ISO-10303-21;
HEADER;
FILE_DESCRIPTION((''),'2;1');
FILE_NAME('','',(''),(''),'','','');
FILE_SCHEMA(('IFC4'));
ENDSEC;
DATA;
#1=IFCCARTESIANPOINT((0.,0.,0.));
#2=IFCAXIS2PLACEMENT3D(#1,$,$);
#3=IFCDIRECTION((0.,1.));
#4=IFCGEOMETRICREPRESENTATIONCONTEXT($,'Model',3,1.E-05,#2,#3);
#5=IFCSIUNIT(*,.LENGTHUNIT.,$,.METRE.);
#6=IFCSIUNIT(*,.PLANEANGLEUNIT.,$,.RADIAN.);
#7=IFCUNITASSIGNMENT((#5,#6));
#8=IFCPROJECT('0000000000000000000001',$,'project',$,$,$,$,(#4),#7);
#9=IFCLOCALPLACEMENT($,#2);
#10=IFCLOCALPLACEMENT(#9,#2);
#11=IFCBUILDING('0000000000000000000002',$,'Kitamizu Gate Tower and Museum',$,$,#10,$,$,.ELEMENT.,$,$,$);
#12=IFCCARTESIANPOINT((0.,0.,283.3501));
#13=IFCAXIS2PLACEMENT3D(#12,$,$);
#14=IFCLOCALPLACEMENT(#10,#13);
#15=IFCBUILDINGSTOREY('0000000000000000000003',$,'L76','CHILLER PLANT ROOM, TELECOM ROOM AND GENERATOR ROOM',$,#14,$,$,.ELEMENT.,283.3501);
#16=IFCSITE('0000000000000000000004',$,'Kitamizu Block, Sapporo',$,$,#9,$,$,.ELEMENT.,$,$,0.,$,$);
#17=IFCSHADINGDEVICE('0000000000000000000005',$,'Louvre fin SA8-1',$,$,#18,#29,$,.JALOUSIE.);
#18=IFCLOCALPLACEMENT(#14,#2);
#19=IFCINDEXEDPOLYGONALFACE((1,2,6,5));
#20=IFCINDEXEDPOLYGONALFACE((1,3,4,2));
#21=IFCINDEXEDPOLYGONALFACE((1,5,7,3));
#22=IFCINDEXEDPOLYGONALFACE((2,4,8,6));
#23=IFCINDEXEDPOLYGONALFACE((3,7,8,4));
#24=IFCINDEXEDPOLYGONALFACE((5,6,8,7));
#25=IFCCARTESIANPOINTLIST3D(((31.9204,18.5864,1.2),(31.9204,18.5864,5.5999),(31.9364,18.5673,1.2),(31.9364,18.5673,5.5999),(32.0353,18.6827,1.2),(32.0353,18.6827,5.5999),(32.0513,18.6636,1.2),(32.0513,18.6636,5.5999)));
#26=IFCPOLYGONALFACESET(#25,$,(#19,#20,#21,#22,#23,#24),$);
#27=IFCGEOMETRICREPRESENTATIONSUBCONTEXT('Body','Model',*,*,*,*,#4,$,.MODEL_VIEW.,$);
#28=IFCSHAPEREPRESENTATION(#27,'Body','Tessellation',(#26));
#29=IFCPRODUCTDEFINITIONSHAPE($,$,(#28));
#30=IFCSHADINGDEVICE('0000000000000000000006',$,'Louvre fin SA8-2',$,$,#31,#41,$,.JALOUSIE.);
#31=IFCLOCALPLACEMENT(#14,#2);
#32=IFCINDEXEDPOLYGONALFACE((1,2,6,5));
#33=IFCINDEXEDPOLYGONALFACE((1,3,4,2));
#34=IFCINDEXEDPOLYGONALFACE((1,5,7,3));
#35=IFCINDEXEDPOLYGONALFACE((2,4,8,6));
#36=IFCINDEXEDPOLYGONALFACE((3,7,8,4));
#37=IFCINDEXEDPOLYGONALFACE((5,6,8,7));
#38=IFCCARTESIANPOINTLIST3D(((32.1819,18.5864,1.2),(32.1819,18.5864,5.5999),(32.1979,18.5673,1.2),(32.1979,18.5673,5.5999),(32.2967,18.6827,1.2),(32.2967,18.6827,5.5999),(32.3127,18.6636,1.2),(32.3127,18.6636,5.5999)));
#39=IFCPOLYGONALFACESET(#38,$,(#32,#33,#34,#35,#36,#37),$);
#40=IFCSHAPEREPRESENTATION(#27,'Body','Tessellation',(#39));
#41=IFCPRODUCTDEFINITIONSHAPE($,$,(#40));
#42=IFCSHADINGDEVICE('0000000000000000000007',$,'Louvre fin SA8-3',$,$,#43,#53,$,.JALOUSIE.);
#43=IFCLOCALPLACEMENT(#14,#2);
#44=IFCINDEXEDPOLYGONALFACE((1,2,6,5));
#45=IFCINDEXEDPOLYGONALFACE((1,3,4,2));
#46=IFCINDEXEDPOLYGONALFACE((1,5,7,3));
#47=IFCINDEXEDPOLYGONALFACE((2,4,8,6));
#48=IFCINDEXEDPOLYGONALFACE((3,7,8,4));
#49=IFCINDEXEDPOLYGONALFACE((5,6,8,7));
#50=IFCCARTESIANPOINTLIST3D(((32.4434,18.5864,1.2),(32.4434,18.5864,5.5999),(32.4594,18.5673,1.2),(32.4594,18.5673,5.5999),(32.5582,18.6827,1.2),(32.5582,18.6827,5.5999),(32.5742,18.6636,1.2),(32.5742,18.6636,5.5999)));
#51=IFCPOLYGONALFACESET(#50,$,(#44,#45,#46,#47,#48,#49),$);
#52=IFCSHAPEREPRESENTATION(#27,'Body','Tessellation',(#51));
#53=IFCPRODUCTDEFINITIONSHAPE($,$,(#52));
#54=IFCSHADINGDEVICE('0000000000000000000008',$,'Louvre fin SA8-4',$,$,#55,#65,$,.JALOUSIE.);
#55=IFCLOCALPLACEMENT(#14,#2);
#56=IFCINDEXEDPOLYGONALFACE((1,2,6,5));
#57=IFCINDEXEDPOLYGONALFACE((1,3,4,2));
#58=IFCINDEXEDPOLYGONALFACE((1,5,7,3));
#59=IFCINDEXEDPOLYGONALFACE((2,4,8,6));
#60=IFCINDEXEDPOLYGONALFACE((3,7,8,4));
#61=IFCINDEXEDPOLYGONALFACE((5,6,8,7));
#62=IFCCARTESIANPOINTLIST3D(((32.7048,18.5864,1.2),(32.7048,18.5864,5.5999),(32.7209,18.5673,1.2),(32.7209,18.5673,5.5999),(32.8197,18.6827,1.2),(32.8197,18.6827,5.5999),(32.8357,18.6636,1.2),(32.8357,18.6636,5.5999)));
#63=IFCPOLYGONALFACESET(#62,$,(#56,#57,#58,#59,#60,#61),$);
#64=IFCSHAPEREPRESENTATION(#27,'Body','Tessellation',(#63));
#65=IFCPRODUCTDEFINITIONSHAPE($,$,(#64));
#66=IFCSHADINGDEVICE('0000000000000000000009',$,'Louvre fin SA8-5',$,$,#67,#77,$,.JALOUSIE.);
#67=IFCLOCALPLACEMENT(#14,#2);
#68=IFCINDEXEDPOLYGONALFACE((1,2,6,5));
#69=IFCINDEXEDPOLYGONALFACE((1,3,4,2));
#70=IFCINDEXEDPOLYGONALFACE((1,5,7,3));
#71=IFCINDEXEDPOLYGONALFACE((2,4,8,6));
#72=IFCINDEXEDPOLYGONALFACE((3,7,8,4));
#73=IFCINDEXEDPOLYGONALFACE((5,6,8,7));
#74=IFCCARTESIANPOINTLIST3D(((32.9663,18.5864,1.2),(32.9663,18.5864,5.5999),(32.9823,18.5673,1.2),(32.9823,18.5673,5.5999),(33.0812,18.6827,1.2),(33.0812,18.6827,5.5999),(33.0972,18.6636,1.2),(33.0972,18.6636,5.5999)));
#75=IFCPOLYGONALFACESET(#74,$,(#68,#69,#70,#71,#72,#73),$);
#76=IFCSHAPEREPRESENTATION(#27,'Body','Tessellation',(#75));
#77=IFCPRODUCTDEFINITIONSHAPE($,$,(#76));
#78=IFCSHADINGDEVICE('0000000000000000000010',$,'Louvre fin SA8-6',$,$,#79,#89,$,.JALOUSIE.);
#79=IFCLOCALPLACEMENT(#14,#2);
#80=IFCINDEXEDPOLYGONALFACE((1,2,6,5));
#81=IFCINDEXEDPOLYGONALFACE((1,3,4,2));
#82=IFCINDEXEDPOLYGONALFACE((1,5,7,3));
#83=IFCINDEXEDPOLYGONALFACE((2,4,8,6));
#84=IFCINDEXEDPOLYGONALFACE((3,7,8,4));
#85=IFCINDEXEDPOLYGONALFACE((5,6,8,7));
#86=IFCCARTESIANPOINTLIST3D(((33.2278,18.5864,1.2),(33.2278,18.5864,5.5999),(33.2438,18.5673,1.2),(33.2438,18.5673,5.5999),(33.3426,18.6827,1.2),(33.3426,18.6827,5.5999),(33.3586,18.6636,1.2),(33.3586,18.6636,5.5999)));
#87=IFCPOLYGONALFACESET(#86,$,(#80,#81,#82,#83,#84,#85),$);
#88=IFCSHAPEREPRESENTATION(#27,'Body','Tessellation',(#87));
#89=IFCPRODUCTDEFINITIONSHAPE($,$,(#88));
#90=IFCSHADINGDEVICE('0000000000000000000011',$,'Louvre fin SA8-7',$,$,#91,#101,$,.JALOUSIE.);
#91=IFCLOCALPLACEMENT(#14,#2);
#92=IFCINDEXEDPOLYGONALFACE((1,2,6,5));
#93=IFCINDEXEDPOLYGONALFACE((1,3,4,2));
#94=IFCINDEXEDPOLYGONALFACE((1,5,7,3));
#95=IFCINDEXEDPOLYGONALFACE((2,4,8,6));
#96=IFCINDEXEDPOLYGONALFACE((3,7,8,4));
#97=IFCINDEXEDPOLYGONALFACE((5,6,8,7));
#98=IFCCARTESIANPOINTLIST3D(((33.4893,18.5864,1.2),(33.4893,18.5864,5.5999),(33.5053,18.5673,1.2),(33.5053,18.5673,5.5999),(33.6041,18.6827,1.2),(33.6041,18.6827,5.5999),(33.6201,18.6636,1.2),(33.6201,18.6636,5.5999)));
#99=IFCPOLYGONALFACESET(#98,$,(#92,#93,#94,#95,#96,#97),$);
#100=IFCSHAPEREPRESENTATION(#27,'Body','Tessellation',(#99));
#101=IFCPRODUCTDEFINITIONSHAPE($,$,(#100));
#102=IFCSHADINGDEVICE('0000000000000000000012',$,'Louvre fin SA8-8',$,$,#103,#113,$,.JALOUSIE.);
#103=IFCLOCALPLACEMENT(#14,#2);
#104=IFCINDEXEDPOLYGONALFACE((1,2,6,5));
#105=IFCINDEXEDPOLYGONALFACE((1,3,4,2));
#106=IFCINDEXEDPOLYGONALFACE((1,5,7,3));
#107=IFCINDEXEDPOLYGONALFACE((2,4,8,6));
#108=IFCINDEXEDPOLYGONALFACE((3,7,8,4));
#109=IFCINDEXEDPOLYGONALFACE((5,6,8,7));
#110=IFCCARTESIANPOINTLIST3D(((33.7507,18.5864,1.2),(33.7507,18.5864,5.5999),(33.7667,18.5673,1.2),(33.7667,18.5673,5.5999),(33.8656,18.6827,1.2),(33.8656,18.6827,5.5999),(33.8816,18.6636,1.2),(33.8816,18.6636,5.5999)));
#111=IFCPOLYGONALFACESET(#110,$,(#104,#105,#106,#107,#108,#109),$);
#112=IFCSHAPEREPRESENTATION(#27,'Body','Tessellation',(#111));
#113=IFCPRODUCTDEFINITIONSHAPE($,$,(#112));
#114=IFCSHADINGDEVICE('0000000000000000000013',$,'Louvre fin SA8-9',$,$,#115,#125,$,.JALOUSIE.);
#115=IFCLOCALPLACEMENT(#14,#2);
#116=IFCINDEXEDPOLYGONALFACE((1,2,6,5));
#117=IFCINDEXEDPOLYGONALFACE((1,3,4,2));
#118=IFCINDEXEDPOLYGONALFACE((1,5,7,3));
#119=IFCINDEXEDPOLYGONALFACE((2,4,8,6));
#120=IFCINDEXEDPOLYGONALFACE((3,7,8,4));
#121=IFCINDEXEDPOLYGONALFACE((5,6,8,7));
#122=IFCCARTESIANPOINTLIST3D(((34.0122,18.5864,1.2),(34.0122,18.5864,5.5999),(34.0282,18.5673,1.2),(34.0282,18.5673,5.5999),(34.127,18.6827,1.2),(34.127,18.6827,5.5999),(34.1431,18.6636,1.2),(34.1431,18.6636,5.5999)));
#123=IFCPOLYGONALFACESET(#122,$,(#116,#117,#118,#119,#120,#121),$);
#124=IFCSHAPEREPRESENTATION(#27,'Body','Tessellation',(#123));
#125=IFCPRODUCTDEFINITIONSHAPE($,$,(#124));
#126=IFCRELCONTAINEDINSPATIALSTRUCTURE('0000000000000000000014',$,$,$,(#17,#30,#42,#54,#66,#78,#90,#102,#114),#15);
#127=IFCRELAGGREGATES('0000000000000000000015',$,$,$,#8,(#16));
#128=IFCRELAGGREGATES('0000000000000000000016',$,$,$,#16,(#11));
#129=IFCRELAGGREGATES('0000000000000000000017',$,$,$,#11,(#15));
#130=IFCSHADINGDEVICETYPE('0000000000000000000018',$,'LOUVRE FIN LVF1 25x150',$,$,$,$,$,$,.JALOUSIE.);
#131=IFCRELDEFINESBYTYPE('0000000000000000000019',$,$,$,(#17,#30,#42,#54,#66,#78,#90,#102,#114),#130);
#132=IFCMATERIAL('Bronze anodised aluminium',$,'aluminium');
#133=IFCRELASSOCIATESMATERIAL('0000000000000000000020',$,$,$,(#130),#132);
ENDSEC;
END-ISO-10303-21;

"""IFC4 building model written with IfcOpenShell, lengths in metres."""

from ifc_helpers import new_model, si_unit, direction, frame, origin, origin_2d, place, context, subcontext, project, spatial, rectangle, extrude, material, material_profile, profile_set, type_object, element, save


model = new_model("IFC4")

# Units and contexts
model_context = context("Model", 3, precision=1e-05, world=origin(), true_north=direction((0.0, 1.0)))
body_context = subcontext(model_context, "Body", "Model", "MODEL_VIEW")
ifc_project = project(units=[si_unit("LENGTHUNIT", "METRE"), si_unit("PLANEANGLEUNIT", "RADIAN")], contexts=[model_context])

# Site, building, storey
site_placement = place(None, origin())
site = spatial("IfcSite", under=ifc_project, at=site_placement, Name="Kitamizu Block, Sapporo", CompositionType="ELEMENT", RefElevation=0.0)
building_placement = place(site_placement, origin())
building = spatial("IfcBuilding", under=site, at=building_placement, Name="Kitamizu Gate Tower and Museum", CompositionType="ELEMENT")
storey_placement = place(building_placement, frame((0.0, 0.0, 283.3501)))
storey = spatial("IfcBuildingStorey", under=building, at=storey_placement, Name="L76", Description="CHILLER PLANT ROOM, TELECOM ROOM AND GENERATOR ROOM", CompositionType="ELEMENT", Elevation=283.3501)

# Shading devices
ifc_material_1 = material(Name="Bronze anodised aluminium", Category="aluminium")
ifc_material_profile_1 = material_profile(ifc_material_1, rectangle(XDim=0.1499, YDim=0.0249, at=origin_2d()), Name="AL 25x150")
ifc_profile_set_1 = profile_set([ifc_material_profile_1], Name="Bronze anodised aluminium")
shading_device_type = type_object("IfcShadingDeviceType", Name="LOUVRE FIN LVF1 25x150", PredefinedType="JALOUSIE", material=ifc_profile_set_1)
for number, where, z_axis, x_axis, name in (
    (1, (31.9858, 18.625, 1.2), (0.0, 0.0, 1.0), (0.766044, 0.642788, 0.0), "Louvre fin SA8-1"),
    (2, (32.2473, 18.625, 1.2), (0.0, 0.0, 1.0), (0.766044, 0.642788, 0.0), "Louvre fin SA8-2"),
    (3, (32.5088, 18.625, 1.2), (0.0, 0.0, 1.0), (0.766044, 0.642788, 0.0), "Louvre fin SA8-3"),
    (4, (32.7703, 18.625, 1.2), (0.0, 0.0, 1.0), (0.766044, 0.642788, 0.0), "Louvre fin SA8-4"),
    (5, (33.0317, 18.625, 1.2), (0.0, 0.0, 1.0), (0.766044, 0.642788, 0.0), "Louvre fin SA8-5"),
    (6, (33.2932, 18.625, 1.2), (0.0, 0.0, 1.0), (0.766044, 0.642788, 0.0), "Louvre fin SA8-6"),
    (7, (33.5547, 18.625, 1.2), (0.0, 0.0, 1.0), (0.766044, 0.642788, 0.0), "Louvre fin SA8-7"),
    (8, (33.8162, 18.625, 1.2), (0.0, 0.0, 1.0), (0.766044, 0.642788, 0.0), "Louvre fin SA8-8"),
    (9, (34.0776, 18.625, 1.2), (0.0, 0.0, 1.0), (0.766044, 0.642788, 0.0), "Louvre fin SA8-9"),
):
    element("IfcShadingDevice", number, at=place(storey_placement, frame(where, z_axis=z_axis, x_axis=x_axis)), inside=storey, type_object=shading_device_type, Name=name, PredefinedType="JALOUSIE", context=body_context, shape_type="SweptSolid", body=[
        extrude(rectangle(XDim=0.1499, YDim=0.0249, at=origin_2d()), origin(), (0.0, 0.0, 1.0), 4.3999),
    ])

save(model, "model.ifc")
